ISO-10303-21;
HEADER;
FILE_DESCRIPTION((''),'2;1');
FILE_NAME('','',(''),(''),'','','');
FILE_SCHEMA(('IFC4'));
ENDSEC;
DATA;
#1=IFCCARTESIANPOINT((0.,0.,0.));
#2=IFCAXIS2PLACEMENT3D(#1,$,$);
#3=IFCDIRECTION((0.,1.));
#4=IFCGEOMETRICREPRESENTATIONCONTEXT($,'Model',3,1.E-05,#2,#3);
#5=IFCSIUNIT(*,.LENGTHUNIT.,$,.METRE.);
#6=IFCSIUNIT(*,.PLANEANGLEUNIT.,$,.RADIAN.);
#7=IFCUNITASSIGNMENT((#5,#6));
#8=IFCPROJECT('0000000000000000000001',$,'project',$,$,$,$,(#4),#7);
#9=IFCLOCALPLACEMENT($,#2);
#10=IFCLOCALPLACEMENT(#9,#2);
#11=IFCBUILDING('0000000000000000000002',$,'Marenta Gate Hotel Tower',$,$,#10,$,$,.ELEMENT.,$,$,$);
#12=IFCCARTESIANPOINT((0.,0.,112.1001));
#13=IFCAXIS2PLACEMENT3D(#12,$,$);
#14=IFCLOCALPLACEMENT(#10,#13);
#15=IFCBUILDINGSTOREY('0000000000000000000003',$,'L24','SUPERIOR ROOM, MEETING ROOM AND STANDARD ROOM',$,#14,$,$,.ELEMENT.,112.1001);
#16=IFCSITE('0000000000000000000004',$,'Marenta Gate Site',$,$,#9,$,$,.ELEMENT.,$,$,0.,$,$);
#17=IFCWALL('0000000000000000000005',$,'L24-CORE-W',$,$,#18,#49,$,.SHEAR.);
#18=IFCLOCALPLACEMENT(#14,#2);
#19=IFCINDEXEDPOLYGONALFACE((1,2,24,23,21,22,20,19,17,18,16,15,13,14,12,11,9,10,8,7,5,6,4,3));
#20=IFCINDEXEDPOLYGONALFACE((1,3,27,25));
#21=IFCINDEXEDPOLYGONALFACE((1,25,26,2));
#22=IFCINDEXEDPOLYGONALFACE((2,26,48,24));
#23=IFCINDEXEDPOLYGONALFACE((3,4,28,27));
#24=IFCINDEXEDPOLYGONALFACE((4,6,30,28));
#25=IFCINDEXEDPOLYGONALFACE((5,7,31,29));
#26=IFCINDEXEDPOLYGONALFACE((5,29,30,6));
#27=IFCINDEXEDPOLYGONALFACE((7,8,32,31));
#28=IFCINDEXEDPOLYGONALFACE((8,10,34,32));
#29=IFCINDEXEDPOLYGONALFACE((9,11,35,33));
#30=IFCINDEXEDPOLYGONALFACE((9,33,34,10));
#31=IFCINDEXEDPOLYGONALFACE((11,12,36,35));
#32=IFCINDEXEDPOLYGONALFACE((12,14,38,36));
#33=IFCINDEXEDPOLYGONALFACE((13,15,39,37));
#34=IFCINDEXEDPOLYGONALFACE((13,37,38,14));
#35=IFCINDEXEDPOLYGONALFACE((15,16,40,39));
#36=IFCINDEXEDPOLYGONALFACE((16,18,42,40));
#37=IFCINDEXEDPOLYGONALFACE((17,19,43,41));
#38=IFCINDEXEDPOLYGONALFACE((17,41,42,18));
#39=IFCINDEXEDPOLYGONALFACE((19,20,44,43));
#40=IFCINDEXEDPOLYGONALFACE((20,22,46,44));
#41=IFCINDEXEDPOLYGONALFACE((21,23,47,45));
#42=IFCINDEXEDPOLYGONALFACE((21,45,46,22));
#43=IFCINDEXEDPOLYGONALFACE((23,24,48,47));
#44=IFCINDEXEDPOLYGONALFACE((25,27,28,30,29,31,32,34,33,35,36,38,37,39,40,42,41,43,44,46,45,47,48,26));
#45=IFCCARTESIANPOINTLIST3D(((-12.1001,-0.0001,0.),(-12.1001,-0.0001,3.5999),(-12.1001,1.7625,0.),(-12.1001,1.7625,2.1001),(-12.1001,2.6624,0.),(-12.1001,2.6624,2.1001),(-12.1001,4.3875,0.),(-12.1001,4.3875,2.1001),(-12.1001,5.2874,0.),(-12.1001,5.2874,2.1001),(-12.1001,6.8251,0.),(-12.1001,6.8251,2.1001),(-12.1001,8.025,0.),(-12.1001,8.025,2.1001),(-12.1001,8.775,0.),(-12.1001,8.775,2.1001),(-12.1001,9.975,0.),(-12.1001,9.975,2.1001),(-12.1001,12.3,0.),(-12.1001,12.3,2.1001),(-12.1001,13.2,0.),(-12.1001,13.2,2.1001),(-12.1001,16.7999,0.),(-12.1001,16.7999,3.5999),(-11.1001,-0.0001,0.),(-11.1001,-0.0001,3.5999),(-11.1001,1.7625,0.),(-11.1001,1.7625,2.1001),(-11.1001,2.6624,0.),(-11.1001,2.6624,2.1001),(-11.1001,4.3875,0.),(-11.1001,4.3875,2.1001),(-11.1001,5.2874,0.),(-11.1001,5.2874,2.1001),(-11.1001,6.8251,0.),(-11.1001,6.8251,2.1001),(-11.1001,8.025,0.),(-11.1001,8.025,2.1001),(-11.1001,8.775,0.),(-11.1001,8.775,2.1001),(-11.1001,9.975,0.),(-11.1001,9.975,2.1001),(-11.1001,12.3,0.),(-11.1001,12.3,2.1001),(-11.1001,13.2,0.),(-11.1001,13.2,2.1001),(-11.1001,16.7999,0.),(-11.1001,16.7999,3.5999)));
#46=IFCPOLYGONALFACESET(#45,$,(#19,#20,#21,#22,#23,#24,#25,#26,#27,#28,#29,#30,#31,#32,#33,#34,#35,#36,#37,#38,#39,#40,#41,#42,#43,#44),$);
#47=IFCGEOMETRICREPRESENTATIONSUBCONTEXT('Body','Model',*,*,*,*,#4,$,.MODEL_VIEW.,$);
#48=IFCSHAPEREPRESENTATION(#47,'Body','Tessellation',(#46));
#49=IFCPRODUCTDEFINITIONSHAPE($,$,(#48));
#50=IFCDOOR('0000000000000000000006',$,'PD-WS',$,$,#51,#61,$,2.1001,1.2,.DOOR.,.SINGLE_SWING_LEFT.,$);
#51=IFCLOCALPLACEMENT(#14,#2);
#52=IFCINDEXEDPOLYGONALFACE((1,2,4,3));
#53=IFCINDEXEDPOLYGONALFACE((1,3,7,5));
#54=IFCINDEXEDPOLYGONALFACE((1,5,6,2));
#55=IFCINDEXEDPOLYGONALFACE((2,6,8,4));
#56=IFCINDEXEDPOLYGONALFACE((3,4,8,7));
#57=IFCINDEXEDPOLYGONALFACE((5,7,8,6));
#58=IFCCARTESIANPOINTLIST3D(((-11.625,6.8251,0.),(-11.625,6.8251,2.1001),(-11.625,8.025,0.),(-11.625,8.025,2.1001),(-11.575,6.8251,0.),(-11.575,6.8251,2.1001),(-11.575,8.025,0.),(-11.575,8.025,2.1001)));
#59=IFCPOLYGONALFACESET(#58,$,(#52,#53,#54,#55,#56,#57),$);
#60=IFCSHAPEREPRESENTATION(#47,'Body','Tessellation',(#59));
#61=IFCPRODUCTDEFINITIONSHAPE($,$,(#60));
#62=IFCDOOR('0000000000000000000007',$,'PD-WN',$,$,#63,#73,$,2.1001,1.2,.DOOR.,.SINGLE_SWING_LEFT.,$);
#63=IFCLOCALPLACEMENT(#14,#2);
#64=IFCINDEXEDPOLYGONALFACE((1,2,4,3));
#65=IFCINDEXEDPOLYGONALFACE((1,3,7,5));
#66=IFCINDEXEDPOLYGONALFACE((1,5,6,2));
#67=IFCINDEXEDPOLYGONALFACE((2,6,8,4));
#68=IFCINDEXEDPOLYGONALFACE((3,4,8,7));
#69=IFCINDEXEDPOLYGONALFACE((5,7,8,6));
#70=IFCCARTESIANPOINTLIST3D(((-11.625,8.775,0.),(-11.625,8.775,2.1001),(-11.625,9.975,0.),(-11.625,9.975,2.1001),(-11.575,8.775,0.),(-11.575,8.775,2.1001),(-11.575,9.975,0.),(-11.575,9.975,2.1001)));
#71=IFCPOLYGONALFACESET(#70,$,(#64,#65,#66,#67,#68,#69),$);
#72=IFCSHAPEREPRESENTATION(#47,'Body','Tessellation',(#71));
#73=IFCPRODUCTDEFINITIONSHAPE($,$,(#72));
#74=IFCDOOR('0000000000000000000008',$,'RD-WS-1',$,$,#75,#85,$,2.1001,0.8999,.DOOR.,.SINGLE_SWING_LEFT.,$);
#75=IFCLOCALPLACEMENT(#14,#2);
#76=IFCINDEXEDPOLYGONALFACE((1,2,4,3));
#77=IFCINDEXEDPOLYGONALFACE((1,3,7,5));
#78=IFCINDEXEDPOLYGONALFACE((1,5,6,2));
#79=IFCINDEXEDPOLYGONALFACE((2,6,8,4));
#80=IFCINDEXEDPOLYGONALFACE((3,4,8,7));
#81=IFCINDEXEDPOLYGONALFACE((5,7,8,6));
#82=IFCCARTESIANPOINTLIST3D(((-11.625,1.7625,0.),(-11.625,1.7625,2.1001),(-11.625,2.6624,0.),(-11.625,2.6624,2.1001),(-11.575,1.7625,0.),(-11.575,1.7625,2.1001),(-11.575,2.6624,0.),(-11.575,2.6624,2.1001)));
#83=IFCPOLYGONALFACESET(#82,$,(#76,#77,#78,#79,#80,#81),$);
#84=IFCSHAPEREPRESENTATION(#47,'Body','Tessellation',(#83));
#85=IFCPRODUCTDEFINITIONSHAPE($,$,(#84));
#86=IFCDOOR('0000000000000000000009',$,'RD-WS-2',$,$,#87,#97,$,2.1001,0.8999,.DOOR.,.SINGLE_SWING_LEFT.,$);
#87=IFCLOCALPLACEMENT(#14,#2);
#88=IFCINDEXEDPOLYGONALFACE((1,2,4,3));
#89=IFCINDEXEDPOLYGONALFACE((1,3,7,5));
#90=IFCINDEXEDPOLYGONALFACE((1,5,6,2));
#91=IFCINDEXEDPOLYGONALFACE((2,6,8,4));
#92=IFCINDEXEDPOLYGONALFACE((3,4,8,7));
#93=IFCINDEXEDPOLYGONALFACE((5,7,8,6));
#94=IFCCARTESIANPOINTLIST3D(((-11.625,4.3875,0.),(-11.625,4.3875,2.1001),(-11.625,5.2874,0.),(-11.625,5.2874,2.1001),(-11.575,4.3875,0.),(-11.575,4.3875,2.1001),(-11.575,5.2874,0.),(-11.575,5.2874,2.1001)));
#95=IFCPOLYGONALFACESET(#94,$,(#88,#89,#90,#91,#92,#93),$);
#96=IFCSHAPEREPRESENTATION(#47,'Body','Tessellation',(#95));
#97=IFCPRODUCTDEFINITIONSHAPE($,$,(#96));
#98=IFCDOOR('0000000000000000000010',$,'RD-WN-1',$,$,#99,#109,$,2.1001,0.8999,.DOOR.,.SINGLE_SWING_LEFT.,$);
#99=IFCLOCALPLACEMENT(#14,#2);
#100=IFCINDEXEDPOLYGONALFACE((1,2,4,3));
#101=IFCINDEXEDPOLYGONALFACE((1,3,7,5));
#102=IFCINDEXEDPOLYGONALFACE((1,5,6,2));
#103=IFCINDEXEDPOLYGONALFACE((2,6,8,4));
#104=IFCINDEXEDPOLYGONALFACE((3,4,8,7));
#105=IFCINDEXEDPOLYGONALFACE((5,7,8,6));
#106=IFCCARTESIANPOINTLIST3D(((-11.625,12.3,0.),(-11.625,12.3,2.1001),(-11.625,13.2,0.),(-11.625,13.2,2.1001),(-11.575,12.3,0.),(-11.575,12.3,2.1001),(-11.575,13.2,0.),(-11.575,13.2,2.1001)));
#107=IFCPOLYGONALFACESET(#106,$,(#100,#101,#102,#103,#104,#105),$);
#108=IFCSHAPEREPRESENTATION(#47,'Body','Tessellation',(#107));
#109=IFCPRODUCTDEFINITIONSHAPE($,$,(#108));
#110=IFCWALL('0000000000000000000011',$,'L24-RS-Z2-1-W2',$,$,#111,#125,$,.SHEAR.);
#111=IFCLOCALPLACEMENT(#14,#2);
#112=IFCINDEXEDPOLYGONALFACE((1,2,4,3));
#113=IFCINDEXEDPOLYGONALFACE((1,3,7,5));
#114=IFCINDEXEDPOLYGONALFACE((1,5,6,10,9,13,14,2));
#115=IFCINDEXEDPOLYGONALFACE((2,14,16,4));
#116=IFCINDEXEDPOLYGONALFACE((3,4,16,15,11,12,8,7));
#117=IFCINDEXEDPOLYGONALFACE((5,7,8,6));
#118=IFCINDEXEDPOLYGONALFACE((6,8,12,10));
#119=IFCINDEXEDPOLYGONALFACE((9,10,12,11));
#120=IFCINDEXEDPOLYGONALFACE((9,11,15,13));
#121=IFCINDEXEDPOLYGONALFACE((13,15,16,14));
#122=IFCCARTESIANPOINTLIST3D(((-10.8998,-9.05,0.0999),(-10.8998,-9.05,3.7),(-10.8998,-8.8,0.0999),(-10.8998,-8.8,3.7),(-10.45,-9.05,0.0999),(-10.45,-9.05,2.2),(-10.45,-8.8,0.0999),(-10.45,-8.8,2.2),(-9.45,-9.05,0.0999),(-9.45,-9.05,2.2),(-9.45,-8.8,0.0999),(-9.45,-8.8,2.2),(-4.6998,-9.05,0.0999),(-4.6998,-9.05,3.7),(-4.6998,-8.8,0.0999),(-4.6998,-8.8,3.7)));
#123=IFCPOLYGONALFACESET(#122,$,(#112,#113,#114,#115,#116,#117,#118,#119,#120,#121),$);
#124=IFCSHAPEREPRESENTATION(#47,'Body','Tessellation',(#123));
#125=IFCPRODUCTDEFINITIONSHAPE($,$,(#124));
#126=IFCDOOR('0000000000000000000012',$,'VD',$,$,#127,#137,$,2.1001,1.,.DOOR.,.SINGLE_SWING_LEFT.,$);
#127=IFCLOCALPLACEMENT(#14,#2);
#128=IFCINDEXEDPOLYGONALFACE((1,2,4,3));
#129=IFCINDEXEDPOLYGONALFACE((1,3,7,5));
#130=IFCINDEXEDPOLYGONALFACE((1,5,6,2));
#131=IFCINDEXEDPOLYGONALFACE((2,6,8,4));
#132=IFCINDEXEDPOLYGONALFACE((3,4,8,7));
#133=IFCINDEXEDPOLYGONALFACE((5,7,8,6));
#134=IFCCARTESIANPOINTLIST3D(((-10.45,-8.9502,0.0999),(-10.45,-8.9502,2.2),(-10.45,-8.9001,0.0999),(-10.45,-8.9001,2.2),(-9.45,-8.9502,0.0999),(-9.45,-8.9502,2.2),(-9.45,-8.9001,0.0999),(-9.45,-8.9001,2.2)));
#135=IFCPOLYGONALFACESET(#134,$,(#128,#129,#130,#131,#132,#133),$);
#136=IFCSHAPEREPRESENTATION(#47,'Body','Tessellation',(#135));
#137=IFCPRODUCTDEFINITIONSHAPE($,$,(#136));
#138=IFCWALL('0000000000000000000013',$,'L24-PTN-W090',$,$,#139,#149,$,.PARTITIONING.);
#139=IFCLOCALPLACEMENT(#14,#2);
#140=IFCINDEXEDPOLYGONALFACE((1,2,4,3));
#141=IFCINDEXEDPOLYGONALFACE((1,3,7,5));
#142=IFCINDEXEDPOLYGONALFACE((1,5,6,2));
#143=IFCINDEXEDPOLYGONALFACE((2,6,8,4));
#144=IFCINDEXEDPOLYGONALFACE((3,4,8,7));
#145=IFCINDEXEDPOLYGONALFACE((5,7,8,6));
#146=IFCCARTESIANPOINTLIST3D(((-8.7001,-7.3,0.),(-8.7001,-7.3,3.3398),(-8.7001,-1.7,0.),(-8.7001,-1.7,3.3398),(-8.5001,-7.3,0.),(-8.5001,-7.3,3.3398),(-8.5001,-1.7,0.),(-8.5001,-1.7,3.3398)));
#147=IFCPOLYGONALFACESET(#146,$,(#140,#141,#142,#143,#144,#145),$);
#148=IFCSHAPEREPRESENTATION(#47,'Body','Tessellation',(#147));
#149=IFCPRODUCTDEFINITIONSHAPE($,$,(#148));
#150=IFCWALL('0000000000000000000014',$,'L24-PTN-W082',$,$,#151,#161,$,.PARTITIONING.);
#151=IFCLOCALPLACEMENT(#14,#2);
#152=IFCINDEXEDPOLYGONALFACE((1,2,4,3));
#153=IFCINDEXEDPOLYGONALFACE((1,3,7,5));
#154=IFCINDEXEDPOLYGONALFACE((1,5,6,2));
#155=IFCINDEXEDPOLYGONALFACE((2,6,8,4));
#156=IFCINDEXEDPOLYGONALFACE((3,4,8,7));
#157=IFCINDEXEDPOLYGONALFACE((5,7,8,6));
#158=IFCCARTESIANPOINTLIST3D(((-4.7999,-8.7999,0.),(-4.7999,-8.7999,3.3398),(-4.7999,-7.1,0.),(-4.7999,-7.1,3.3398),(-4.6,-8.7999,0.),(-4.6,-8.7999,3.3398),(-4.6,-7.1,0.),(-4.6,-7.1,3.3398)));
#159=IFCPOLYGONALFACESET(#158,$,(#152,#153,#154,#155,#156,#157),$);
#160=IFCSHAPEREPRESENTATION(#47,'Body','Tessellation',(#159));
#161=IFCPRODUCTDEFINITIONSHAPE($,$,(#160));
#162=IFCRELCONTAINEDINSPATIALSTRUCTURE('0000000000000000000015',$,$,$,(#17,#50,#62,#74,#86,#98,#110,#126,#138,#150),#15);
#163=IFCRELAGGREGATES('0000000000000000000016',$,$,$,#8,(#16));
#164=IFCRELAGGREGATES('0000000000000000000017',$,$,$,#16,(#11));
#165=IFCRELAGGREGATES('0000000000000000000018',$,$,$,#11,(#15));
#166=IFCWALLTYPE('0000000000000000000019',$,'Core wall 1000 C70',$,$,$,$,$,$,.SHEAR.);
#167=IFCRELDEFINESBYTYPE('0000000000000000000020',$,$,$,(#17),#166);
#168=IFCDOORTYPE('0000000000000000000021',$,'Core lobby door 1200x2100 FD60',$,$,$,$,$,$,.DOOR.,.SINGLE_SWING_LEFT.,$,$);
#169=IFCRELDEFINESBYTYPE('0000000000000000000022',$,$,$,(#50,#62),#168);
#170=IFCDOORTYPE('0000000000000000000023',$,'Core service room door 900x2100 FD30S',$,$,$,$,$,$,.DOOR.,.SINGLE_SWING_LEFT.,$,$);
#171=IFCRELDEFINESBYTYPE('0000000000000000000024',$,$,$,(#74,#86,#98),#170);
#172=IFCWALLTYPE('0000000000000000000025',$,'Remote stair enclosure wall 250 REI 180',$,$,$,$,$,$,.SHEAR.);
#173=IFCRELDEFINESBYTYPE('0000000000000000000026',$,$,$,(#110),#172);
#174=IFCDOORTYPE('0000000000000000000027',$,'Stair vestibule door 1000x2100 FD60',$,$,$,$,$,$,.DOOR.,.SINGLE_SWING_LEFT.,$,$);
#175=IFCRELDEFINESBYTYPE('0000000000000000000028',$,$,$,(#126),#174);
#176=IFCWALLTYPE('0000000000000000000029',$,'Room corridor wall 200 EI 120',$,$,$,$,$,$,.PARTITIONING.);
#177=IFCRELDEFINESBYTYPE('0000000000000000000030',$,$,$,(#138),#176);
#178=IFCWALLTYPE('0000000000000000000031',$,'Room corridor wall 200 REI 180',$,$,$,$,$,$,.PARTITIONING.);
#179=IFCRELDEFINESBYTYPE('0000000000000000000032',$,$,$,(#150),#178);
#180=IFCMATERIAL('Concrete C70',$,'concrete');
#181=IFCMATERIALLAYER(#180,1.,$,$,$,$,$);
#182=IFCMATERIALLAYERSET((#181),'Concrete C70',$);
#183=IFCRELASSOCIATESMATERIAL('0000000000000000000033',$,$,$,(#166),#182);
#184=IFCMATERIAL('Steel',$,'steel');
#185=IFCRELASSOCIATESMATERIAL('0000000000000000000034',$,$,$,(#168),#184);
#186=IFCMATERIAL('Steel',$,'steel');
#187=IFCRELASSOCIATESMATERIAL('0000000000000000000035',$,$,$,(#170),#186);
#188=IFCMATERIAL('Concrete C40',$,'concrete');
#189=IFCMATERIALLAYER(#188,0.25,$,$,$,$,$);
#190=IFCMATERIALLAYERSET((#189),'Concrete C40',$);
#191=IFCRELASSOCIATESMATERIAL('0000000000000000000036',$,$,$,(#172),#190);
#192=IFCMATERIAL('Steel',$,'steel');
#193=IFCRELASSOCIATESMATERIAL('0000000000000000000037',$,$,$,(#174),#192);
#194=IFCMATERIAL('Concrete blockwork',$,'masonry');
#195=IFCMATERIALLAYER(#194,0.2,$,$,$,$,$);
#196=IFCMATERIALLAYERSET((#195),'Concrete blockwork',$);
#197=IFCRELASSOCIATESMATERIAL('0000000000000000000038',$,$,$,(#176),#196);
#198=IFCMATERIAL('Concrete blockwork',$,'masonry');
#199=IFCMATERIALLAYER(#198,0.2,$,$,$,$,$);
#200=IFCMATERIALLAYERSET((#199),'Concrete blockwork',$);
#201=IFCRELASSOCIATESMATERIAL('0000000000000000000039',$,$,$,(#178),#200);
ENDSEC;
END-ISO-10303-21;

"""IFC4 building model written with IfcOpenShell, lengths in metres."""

from ifc_helpers import new_model, si_unit, direction, frame, frame_2d, origin, place, context, subcontext, project, spatial, rectangle, extrude, material, layer, layer_set, type_object, element, fill, save


model = new_model("IFC4")

# Units and contexts
model_context = context("Model", 3, precision=1e-05, world=origin(), true_north=direction((0.0, 1.0)))
body_context = subcontext(model_context, "Body", "Model", "MODEL_VIEW")
ifc_project = project(units=[si_unit("LENGTHUNIT", "METRE"), si_unit("PLANEANGLEUNIT", "RADIAN")], contexts=[model_context])

# Site, building, storey
site_placement = place(None, origin())
site = spatial("IfcSite", under=ifc_project, at=site_placement, Name="Marenta Gate Site", CompositionType="ELEMENT", RefElevation=0.0)
building_placement = place(site_placement, origin())
building = spatial("IfcBuilding", under=site, at=building_placement, Name="Marenta Gate Hotel Tower", CompositionType="ELEMENT")
storey_placement = place(building_placement, frame((0.0, 0.0, 112.1001)))
storey = spatial("IfcBuildingStorey", under=building, at=storey_placement, Name="L24", Description="SUPERIOR ROOM, MEETING ROOM AND STANDARD ROOM", CompositionType="ELEMENT", Elevation=112.1001)

# Wall, openings, doors
ifc_material_1 = material(Name="Concrete C70", Category="concrete")
ifc_layer_1 = layer(ifc_material_1, 1.0)
ifc_layer_set_1 = layer_set([ifc_layer_1], Name="Concrete C70")
wall_type_1 = type_object("IfcWallType", Name="Core wall 1000 C70", PredefinedType="SHEAR", material=ifc_layer_set_1)
wall_1_placement = place(storey_placement, frame((-11.6001, 0.0, 0.0), z_axis=(0.0, 0.0, 1.0), x_axis=(0.0, 1.0, 0.0)))
wall_1 = element("IfcWall", 1, at=wall_1_placement, inside=storey, type_object=wall_type_1, Name="L24-CORE-W", PredefinedType="SHEAR", context=body_context, shape_type="SweptSolid", body=[
    extrude(rectangle(XDim=16.8, YDim=1.0, at=frame_2d((8.3999, 0.0))), origin(), (0.0, 0.0, 1.0), 3.5999),
])
opening_1_placement = place(wall_1_placement, frame((1.7625, 0.0, 0.0)))
opening_1 = element("IfcOpeningElement", 2, at=opening_1_placement, cuts=wall_1, PredefinedType="OPENING", context=body_context, shape_type="SweptSolid", body=[
    extrude(rectangle(XDim=0.8999, YDim=2.1001, at=frame_2d((0.45, 1.05))), frame((0.0, 0.5, 0.0), z_axis=(0.0, -1.0, 0.0), x_axis=(1.0, 0.0, 0.0)), (0.0, 0.0, 1.0), 1.0),
])
opening_2_placement = place(wall_1_placement, frame((4.3875, 0.0, 0.0)))
opening_2 = element("IfcOpeningElement", 3, at=opening_2_placement, cuts=wall_1, PredefinedType="OPENING", context=body_context, shape_type="SweptSolid", body=[
    extrude(rectangle(XDim=0.8999, YDim=2.1001, at=frame_2d((0.45, 1.05))), frame((0.0, 0.5, 0.0), z_axis=(0.0, -1.0, 0.0), x_axis=(1.0, 0.0, 0.0)), (0.0, 0.0, 1.0), 1.0),
])
opening_3_placement = place(wall_1_placement, frame((6.825, 0.0, 0.0)))
opening_3 = element("IfcOpeningElement", 4, at=opening_3_placement, cuts=wall_1, PredefinedType="OPENING", context=body_context, shape_type="SweptSolid", body=[
    extrude(rectangle(XDim=1.2, YDim=2.1001, at=frame_2d((0.6001, 1.05))), frame((0.0, 0.5, 0.0), z_axis=(0.0, -1.0, 0.0), x_axis=(1.0, 0.0, 0.0)), (0.0, 0.0, 1.0), 1.0),
])
opening_4_placement = place(wall_1_placement, frame((12.3, 0.0, 0.0)))
opening_4 = element("IfcOpeningElement", 5, at=opening_4_placement, cuts=wall_1, PredefinedType="OPENING", context=body_context, shape_type="SweptSolid", body=[
    extrude(rectangle(XDim=0.8999, YDim=2.1001, at=frame_2d((0.45, 1.05))), frame((0.0, 0.5, 0.0), z_axis=(0.0, -1.0, 0.0), x_axis=(1.0, 0.0, 0.0)), (0.0, 0.0, 1.0), 1.0),
])
opening_5_placement = place(wall_1_placement, frame((8.7749, 0.0, 0.0)))
opening_5 = element("IfcOpeningElement", 6, at=opening_5_placement, cuts=wall_1, PredefinedType="OPENING", context=body_context, shape_type="SweptSolid", body=[
    extrude(rectangle(XDim=1.2, YDim=2.1001, at=frame_2d((0.6001, 1.05))), frame((0.0, 0.5, 0.0), z_axis=(0.0, -1.0, 0.0), x_axis=(1.0, 0.0, 0.0)), (0.0, 0.0, 1.0), 1.0),
])
ifc_material_2 = material(Name="Steel", Category="steel")
door_type_1 = type_object("IfcDoorType", Name="Core lobby door 1200x2100 FD60", OperationType="SINGLE_SWING_LEFT", PredefinedType="DOOR", material=ifc_material_2)
door_1_placement = place(opening_3_placement, origin())
door_1 = element("IfcDoor", 7, at=door_1_placement, inside=storey, type_object=door_type_1, Name="PD-WS", OperationType="SINGLE_SWING_LEFT", OverallHeight=2.1001, OverallWidth=1.2, PredefinedType="DOOR", context=body_context, shape_type="SweptSolid", body=[
    extrude(rectangle(XDim=1.2, YDim=2.1001, at=frame_2d((0.6001, 1.05))), frame((0.0, 0.0249, 0.0), z_axis=(0.0, -1.0, 0.0), x_axis=(1.0, 0.0, 0.0)), (0.0, 0.0, 1.0), 0.05),
])
fill(opening_3, door_1)
door_2_placement = place(opening_5_placement, origin())
door_2 = element("IfcDoor", 8, at=door_2_placement, inside=storey, type_object=door_type_1, Name="PD-WN", OperationType="SINGLE_SWING_LEFT", OverallHeight=2.1001, OverallWidth=1.2, PredefinedType="DOOR", context=body_context, shape_type="SweptSolid", body=[
    extrude(rectangle(XDim=1.2, YDim=2.1001, at=frame_2d((0.6001, 1.05))), frame((0.0, 0.0249, 0.0), z_axis=(0.0, -1.0, 0.0), x_axis=(1.0, 0.0, 0.0)), (0.0, 0.0, 1.0), 0.05),
])
fill(opening_5, door_2)
ifc_material_3 = material(Name="Steel", Category="steel")
door_type_2 = type_object("IfcDoorType", Name="Core service room door 900x2100 FD30S", OperationType="SINGLE_SWING_LEFT", PredefinedType="DOOR", material=ifc_material_3)
door_3_placement = place(opening_1_placement, origin())
door_3 = element("IfcDoor", 9, at=door_3_placement, inside=storey, type_object=door_type_2, Name="RD-WS-1", OperationType="SINGLE_SWING_LEFT", OverallHeight=2.1001, OverallWidth=0.8999, PredefinedType="DOOR", context=body_context, shape_type="SweptSolid", body=[
    extrude(rectangle(XDim=0.8999, YDim=2.1001, at=frame_2d((0.45, 1.05))), frame((0.0, 0.0249, 0.0), z_axis=(0.0, -1.0, 0.0), x_axis=(1.0, 0.0, 0.0)), (0.0, 0.0, 1.0), 0.05),
])
fill(opening_1, door_3)
door_4_placement = place(opening_2_placement, origin())
door_4 = element("IfcDoor", 10, at=door_4_placement, inside=storey, type_object=door_type_2, Name="RD-WS-2", OperationType="SINGLE_SWING_LEFT", OverallHeight=2.1001, OverallWidth=0.8999, PredefinedType="DOOR", context=body_context, shape_type="SweptSolid", body=[
    extrude(rectangle(XDim=0.8999, YDim=2.1001, at=frame_2d((0.45, 1.05))), frame((0.0, 0.0249, 0.0), z_axis=(0.0, -1.0, 0.0), x_axis=(1.0, 0.0, 0.0)), (0.0, 0.0, 1.0), 0.05),
])
fill(opening_2, door_4)
door_5_placement = place(opening_4_placement, origin())
door_5 = element("IfcDoor", 11, at=door_5_placement, inside=storey, type_object=door_type_2, Name="RD-WN-1", OperationType="SINGLE_SWING_LEFT", OverallHeight=2.1001, OverallWidth=0.8999, PredefinedType="DOOR", context=body_context, shape_type="SweptSolid", body=[
    extrude(rectangle(XDim=0.8999, YDim=2.1001, at=frame_2d((0.45, 1.05))), frame((0.0, 0.0249, 0.0), z_axis=(0.0, -1.0, 0.0), x_axis=(1.0, 0.0, 0.0)), (0.0, 0.0, 1.0), 0.05),
])
fill(opening_4, door_5)

# Wall, opening, door
ifc_material_4 = material(Name="Concrete C40", Category="concrete")
ifc_layer_2 = layer(ifc_material_4, 0.25)
ifc_layer_set_2 = layer_set([ifc_layer_2], Name="Concrete C40")
wall_type_2 = type_object("IfcWallType", Name="Remote stair enclosure wall 250 REI 180", PredefinedType="SHEAR", material=ifc_layer_set_2)
wall_2_placement = place(storey_placement, frame((-10.8999, -8.925, 0.0999), z_axis=(0.0, 0.0, 1.0), x_axis=(1.0, 0.0, 0.0)))
wall_2 = element("IfcWall", 12, at=wall_2_placement, inside=storey, type_object=wall_type_2, Name="L24-RS-Z2-1-W2", PredefinedType="SHEAR", context=body_context, shape_type="SweptSolid", body=[
    extrude(rectangle(XDim=6.2, YDim=0.25, at=frame_2d((3.1001, 0.0))), origin(), (0.0, 0.0, 1.0), 3.6001),
])
opening_6_placement = place(wall_2_placement, frame((0.45, 0.0, 0.0)))
opening_6 = element("IfcOpeningElement", 13, at=opening_6_placement, cuts=wall_2, PredefinedType="OPENING", context=body_context, shape_type="SweptSolid", body=[
    extrude(rectangle(XDim=1.0, YDim=2.1001, at=frame_2d((0.5, 1.05))), frame((0.0, 0.125, 0.0), z_axis=(0.0, -1.0, 0.0), x_axis=(1.0, 0.0, 0.0)), (0.0, 0.0, 1.0), 0.25),
])
ifc_material_5 = material(Name="Steel", Category="steel")
door_type_3 = type_object("IfcDoorType", Name="Stair vestibule door 1000x2100 FD60", OperationType="SINGLE_SWING_LEFT", PredefinedType="DOOR", material=ifc_material_5)
door_6_placement = place(opening_6_placement, origin())
door_6 = element("IfcDoor", 14, at=door_6_placement, inside=storey, type_object=door_type_3, Name="VD", OperationType="SINGLE_SWING_LEFT", OverallHeight=2.1001, OverallWidth=1.0, PredefinedType="DOOR", context=body_context, shape_type="SweptSolid", body=[
    extrude(rectangle(XDim=1.0, YDim=2.1001, at=frame_2d((0.5, 1.05))), frame((0.0, 0.0249, 0.0), z_axis=(0.0, -1.0, 0.0), x_axis=(1.0, 0.0, 0.0)), (0.0, 0.0, 1.0), 0.05),
])
fill(opening_6, door_6)

# Wall
ifc_material_6 = material(Name="Concrete blockwork", Category="masonry")
ifc_layer_3 = layer(ifc_material_6, 0.2)
ifc_layer_set_3 = layer_set([ifc_layer_3], Name="Concrete blockwork")
wall_type_3 = type_object("IfcWallType", Name="Room corridor wall 200 EI 120", PredefinedType="PARTITIONING", material=ifc_layer_set_3)
wall_3_placement = place(storey_placement, frame((-8.6001, -7.3, 0.0), z_axis=(0.0, 0.0, 1.0), x_axis=(0.0, 1.0, 0.0)))
element("IfcWall", 15, at=wall_3_placement, inside=storey, type_object=wall_type_3, Name="L24-PTN-W090", PredefinedType="PARTITIONING", context=body_context, shape_type="SweptSolid", body=[
    extrude(rectangle(XDim=5.6001, YDim=0.2, at=frame_2d((2.8, 0.0))), origin(), (0.0, 0.0, 1.0), 3.3398),
])

# Shared definitions
ifc_material_7 = material(Name="Concrete blockwork", Category="masonry")
ifc_layer_4 = layer(ifc_material_7, 0.2)
ifc_layer_set_4 = layer_set([ifc_layer_4], Name="Concrete blockwork")
wall_type_4 = type_object("IfcWallType", Name="Room corridor wall 200 REI 180", PredefinedType="PARTITIONING", material=ifc_layer_set_4)

# Wall
wall_4_placement = place(storey_placement, frame((-4.7, -8.8, 0.0), z_axis=(0.0, 0.0, 1.0), x_axis=(0.0, 1.0, 0.0)))
element("IfcWall", 16, at=wall_4_placement, inside=storey, type_object=wall_type_4, Name="L24-PTN-W082", PredefinedType="PARTITIONING", context=body_context, shape_type="SweptSolid", body=[
    extrude(rectangle(XDim=1.7, YDim=0.2, at=frame_2d((0.8501, 0.0))), origin(), (0.0, 0.0, 1.0), 3.3398),
])

save(model, "model.ifc")
